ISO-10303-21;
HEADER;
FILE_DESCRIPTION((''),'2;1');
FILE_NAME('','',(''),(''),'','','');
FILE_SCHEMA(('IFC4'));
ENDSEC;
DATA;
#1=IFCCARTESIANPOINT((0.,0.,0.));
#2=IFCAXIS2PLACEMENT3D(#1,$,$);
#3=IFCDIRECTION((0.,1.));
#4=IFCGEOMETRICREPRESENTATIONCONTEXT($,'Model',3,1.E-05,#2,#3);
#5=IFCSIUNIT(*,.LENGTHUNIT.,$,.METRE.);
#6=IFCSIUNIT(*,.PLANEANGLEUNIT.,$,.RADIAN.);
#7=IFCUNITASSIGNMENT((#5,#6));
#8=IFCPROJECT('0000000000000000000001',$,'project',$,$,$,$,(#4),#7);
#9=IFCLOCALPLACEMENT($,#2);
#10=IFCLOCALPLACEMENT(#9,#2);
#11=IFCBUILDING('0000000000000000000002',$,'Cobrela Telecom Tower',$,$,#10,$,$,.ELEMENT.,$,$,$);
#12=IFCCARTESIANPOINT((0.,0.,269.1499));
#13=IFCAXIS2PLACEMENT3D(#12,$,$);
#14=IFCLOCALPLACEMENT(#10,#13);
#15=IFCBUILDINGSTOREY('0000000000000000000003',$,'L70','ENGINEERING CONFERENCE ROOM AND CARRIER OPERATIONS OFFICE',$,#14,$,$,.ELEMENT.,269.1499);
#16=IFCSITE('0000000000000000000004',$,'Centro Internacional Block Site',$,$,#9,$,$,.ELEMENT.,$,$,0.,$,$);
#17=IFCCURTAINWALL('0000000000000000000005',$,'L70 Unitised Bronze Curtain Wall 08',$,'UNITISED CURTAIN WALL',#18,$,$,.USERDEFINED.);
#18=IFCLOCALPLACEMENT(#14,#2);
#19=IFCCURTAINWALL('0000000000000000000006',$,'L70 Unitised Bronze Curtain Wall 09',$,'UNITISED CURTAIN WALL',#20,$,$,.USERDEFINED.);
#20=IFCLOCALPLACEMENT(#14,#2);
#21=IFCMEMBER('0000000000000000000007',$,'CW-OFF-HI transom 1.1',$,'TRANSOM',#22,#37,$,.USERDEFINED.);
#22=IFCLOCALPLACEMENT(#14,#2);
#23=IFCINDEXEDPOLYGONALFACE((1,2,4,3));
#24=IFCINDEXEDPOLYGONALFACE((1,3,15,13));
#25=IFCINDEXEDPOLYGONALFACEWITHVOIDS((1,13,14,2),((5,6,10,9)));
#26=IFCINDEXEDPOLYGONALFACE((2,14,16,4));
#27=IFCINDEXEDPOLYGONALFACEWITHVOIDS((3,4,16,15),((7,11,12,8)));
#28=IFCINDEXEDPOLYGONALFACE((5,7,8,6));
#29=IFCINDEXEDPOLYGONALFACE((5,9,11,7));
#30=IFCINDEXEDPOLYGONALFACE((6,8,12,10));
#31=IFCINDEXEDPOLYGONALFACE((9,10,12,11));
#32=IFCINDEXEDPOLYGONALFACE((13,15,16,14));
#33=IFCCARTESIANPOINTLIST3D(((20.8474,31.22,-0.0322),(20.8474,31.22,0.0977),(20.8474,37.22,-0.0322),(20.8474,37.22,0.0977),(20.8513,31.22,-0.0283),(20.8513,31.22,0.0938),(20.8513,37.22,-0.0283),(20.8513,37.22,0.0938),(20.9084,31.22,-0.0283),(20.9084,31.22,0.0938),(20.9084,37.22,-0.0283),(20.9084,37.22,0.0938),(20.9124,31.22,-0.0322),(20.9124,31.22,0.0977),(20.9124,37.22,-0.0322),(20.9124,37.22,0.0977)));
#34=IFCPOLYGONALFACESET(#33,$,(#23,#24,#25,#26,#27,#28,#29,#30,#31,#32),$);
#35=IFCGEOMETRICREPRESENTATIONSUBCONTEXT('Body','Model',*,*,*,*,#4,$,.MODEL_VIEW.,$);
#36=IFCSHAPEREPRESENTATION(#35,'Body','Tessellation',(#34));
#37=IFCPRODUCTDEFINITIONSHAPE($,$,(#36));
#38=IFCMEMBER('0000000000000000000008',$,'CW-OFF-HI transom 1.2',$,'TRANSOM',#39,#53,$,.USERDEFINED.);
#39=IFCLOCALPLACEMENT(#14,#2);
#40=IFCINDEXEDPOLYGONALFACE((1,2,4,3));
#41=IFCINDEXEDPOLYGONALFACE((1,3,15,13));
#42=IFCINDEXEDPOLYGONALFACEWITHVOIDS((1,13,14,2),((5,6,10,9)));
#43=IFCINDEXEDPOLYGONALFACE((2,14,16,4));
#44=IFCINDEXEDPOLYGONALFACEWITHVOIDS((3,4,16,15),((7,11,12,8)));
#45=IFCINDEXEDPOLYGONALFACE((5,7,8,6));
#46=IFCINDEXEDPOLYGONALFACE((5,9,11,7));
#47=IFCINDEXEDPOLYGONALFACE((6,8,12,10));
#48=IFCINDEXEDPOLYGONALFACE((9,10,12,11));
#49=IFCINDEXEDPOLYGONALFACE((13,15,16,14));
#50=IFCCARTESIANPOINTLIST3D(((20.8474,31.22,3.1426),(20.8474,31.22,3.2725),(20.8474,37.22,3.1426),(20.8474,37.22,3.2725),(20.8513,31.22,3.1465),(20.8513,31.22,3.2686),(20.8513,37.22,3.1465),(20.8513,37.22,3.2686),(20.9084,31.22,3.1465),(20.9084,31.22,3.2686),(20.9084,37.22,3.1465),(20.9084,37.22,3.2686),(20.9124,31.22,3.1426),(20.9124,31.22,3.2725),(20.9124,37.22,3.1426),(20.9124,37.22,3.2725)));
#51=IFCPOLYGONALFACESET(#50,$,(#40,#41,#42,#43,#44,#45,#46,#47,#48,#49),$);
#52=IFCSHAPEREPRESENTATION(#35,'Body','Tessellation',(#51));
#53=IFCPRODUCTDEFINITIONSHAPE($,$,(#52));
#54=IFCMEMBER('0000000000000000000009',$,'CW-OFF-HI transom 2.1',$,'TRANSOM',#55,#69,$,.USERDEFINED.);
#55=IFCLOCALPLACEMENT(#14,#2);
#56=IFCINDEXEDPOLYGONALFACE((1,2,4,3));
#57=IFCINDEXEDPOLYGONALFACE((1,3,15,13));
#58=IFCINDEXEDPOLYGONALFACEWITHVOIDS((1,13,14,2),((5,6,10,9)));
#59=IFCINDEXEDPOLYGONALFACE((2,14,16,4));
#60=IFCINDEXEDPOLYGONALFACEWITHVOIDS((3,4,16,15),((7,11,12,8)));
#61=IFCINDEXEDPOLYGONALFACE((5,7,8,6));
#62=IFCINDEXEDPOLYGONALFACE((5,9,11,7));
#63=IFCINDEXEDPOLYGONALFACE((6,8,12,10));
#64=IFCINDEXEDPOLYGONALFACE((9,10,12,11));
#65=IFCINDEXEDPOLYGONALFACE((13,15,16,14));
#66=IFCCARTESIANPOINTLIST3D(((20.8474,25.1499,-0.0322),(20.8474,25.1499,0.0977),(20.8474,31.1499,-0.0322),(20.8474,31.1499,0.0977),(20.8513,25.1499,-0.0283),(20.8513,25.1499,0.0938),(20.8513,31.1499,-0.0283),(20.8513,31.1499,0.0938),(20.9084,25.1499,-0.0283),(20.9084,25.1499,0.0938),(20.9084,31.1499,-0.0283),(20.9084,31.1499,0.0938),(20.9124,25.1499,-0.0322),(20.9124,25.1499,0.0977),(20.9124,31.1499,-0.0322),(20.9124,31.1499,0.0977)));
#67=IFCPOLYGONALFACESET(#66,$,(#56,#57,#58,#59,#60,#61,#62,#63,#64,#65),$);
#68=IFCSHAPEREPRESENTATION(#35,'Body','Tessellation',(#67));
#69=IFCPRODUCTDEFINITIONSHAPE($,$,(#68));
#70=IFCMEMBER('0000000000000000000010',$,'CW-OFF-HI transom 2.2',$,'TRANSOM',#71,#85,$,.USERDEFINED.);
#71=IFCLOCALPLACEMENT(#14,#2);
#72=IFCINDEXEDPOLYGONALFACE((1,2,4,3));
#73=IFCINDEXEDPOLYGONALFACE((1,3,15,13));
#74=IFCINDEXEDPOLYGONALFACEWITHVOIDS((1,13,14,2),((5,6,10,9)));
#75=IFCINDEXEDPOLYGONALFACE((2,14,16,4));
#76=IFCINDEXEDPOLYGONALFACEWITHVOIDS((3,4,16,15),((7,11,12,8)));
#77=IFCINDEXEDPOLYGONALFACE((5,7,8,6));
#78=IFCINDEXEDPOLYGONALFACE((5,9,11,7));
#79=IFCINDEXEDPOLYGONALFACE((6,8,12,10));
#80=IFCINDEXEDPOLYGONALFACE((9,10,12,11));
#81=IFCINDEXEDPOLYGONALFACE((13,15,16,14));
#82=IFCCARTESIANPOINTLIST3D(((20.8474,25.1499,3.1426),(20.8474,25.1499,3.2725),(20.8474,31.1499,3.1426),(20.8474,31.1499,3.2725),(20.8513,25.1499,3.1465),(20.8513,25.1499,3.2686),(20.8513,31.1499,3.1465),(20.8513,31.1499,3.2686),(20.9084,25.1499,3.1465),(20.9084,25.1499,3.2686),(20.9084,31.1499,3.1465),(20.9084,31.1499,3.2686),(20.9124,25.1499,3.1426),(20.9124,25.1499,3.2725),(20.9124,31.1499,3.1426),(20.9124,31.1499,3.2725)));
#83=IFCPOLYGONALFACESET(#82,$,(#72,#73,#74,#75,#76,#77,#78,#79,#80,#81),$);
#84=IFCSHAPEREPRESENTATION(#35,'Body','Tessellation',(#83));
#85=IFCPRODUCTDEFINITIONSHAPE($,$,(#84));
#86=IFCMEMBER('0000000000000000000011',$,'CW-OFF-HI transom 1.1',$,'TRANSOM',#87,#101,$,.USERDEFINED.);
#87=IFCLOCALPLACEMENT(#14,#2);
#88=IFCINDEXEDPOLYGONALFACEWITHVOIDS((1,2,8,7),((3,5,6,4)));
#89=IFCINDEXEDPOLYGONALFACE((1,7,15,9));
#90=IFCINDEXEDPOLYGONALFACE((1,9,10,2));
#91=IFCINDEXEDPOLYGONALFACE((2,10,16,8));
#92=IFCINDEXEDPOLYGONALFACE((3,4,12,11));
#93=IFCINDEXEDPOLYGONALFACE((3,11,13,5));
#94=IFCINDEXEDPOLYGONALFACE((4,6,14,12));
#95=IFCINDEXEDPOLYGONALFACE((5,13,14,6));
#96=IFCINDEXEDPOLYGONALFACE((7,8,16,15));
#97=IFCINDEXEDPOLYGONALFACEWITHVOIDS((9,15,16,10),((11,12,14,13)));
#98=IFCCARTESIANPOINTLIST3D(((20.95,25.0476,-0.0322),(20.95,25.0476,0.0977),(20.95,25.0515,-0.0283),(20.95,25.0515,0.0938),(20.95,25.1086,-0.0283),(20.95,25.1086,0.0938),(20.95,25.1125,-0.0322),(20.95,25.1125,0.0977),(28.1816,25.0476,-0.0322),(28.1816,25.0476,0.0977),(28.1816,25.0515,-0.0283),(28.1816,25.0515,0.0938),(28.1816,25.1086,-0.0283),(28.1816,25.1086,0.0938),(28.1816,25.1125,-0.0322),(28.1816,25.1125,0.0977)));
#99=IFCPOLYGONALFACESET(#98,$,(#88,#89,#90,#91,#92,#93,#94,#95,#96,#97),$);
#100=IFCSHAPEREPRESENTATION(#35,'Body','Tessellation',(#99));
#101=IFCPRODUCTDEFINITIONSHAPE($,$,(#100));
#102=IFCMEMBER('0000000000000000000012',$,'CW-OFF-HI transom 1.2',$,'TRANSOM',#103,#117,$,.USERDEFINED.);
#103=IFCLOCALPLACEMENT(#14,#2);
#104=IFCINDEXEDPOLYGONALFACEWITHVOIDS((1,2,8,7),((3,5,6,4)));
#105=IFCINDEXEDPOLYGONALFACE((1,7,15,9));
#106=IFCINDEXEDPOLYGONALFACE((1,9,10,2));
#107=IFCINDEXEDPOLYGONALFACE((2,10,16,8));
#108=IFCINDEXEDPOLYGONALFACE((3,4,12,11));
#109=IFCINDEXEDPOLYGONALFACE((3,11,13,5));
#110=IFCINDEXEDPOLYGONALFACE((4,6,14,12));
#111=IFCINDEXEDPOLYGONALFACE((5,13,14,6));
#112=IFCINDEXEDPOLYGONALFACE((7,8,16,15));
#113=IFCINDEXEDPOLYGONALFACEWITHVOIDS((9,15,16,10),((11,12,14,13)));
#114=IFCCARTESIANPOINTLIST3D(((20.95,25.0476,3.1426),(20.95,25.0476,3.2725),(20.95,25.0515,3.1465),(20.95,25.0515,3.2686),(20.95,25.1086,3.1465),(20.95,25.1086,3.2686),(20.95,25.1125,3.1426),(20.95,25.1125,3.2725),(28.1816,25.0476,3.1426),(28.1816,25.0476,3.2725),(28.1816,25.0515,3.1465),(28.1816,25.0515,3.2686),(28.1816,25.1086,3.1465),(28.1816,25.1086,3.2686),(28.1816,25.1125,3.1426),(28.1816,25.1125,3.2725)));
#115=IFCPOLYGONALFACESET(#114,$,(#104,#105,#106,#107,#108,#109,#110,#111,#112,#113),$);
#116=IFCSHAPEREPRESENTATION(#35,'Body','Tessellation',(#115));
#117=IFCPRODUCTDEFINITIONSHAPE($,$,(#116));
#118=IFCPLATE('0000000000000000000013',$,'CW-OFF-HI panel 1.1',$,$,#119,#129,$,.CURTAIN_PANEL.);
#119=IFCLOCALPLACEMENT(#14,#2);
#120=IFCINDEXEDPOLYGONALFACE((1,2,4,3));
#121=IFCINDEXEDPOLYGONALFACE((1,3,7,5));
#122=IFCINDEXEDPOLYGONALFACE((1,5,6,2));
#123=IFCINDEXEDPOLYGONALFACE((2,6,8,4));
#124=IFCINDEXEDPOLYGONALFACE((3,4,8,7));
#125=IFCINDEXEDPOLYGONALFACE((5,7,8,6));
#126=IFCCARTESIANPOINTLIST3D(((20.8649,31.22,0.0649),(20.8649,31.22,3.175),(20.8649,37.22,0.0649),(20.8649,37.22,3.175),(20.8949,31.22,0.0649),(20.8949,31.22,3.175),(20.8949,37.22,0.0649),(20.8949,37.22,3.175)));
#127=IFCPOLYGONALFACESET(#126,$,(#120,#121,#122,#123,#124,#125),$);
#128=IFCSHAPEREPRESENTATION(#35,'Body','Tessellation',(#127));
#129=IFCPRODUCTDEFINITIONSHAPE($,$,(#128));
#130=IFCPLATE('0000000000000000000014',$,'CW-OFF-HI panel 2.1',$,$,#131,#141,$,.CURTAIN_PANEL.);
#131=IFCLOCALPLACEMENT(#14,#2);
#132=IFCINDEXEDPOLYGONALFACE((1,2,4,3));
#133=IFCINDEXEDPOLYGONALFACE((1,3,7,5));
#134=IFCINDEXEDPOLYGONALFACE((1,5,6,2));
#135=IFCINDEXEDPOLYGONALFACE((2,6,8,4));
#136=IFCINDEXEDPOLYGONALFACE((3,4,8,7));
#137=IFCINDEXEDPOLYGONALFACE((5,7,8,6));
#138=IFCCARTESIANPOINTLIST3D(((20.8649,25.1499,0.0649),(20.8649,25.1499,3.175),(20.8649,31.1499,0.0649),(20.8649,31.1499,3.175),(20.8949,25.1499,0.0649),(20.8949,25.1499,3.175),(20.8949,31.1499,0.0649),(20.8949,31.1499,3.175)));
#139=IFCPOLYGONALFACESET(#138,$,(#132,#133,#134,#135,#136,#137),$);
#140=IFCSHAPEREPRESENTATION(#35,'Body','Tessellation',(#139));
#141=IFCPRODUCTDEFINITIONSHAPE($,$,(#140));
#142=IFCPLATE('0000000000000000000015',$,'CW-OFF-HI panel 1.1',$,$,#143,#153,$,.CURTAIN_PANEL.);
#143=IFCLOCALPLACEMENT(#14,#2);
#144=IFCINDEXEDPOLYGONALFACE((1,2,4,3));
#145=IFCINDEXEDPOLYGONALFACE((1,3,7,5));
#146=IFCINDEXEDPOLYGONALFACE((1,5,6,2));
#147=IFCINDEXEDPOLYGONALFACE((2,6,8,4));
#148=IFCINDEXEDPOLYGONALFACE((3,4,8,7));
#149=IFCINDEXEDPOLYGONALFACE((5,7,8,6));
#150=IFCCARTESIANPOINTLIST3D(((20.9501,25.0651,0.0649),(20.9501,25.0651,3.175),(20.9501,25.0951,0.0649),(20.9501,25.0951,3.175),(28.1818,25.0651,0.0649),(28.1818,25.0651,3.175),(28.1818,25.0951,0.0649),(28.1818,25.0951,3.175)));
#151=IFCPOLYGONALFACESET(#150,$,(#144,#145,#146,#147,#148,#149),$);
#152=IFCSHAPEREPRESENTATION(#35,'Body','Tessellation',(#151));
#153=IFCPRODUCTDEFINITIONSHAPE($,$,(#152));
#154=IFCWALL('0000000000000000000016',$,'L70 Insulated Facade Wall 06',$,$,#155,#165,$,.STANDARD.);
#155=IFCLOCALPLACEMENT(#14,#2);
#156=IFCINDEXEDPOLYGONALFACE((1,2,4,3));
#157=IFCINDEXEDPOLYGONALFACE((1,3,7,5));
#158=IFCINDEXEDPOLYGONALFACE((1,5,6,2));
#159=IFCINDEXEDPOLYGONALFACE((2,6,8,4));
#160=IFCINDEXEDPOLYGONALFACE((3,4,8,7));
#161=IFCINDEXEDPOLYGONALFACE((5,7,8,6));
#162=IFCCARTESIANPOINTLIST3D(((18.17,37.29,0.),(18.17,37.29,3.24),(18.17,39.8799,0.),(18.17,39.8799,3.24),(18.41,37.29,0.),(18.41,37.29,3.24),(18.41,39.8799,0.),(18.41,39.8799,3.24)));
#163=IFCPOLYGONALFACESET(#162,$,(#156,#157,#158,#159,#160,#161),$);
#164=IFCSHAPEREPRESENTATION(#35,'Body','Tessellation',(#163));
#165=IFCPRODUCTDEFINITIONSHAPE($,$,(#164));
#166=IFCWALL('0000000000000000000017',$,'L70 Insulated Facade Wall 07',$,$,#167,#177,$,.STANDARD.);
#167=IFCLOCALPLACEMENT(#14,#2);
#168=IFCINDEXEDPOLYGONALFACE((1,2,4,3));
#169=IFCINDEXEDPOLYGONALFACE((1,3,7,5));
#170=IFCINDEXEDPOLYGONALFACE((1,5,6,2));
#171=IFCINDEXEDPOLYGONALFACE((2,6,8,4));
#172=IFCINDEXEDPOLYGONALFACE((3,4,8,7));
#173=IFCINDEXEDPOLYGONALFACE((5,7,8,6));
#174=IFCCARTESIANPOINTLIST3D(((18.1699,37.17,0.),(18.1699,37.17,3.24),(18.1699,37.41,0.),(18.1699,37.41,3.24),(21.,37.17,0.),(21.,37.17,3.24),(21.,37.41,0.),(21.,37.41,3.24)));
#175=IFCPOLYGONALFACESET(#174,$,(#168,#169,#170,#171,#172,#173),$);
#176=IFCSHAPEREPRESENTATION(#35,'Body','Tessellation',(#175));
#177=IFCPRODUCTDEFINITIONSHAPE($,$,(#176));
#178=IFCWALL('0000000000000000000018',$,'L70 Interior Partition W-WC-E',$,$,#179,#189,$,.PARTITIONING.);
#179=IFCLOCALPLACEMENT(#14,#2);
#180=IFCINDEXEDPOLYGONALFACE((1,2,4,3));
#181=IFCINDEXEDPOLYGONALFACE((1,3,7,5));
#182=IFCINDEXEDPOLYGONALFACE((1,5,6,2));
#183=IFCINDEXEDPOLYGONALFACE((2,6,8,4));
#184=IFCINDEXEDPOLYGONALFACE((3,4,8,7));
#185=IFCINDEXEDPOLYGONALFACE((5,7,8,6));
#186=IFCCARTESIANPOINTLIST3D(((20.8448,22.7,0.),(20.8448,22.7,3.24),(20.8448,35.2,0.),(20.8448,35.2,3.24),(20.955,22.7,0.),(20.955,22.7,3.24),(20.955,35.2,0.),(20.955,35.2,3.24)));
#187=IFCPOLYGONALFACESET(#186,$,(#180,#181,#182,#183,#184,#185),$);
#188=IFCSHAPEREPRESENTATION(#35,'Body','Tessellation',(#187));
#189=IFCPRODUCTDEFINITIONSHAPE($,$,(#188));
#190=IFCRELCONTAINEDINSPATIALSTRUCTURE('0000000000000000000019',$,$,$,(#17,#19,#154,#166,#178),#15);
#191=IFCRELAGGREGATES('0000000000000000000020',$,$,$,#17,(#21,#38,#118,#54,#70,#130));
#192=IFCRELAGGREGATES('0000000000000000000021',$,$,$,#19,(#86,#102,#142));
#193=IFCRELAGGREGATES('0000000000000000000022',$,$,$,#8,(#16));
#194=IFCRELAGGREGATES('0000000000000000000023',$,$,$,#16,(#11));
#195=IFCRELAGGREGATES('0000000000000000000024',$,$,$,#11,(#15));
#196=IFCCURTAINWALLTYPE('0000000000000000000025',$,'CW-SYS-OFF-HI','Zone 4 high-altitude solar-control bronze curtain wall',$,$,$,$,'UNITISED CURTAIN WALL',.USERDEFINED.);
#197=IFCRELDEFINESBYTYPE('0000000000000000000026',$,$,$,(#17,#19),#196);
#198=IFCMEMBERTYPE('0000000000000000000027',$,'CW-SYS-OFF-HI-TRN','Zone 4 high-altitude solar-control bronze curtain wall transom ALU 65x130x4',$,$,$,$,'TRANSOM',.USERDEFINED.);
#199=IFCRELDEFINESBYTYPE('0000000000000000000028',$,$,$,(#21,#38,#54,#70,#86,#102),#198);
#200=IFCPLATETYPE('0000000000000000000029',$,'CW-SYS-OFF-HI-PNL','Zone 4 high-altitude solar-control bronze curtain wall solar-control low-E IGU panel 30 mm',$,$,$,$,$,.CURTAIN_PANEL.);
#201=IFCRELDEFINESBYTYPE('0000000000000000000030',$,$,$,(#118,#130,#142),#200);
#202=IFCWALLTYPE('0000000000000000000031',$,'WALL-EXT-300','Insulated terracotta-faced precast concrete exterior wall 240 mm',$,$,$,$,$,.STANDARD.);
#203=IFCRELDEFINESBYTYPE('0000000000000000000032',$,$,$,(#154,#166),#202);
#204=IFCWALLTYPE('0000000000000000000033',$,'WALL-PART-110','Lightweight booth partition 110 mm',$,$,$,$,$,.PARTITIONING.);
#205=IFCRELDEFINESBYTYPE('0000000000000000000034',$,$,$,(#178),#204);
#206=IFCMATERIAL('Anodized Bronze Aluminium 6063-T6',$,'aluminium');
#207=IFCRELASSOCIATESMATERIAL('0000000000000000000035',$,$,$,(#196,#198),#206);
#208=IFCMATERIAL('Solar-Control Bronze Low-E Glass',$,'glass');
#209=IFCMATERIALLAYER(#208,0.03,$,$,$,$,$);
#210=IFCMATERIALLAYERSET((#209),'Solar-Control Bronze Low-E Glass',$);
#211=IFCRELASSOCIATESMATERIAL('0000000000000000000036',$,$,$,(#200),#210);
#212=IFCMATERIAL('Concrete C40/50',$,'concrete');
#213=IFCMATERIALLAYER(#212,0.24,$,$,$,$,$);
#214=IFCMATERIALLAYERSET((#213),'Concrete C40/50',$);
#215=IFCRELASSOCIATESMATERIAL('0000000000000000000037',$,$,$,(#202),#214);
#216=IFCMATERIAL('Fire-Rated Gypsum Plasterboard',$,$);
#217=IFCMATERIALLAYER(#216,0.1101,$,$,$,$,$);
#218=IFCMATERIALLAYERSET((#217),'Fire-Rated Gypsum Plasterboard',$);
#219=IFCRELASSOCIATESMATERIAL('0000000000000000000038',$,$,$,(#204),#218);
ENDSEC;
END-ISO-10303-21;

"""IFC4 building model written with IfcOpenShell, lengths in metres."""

from ifc_helpers import new_model, si_unit, direction, frame, frame_2d, origin, origin_2d, place, context, subcontext, project, spatial, rectangle, hollow_rectangle, extrude, material, layer, layer_set, material_profile, profile_set, type_object, element, aggregate, save


model = new_model("IFC4")

# Units and contexts
model_context = context("Model", 3, precision=1e-05, world=origin(), true_north=direction((0.0, 1.0)))
body_context = subcontext(model_context, "Body", "Model", "MODEL_VIEW")
ifc_project = project(units=[si_unit("LENGTHUNIT", "METRE"), si_unit("PLANEANGLEUNIT", "RADIAN")], contexts=[model_context])

# Site, building, storey
site_placement = place(None, origin())
site = spatial("IfcSite", under=ifc_project, at=site_placement, Name="Centro Internacional Block Site", CompositionType="ELEMENT", RefElevation=0.0)
building_placement = place(site_placement, origin())
building = spatial("IfcBuilding", under=site, at=building_placement, Name="Cobrela Telecom Tower", CompositionType="ELEMENT")
storey_placement = place(building_placement, frame((0.0, 0.0, 269.1499)))
storey = spatial("IfcBuildingStorey", under=building, at=storey_placement, Name="L70", Description="ENGINEERING CONFERENCE ROOM AND CARRIER OPERATIONS OFFICE", CompositionType="ELEMENT", Elevation=269.1499)

# Shared definitions
ifc_material_1 = material(Name="Anodized Bronze Aluminium 6063-T6", Category="aluminium")
curtain_wall_type = type_object("IfcCurtainWallType", Name="CW-SYS-OFF-HI", Description="Zone 4 high-altitude solar-control bronze curtain wall", ElementType="UNITISED CURTAIN WALL", PredefinedType="USERDEFINED", material=ifc_material_1)

# Curtain wall
curtain_wall_1_placement = place(storey_placement, origin())
curtain_wall_1 = element("IfcCurtainWall", 1, at=curtain_wall_1_placement, inside=storey, type_object=curtain_wall_type, Name="L70 Unitised Bronze Curtain Wall 08", ObjectType="UNITISED CURTAIN WALL", PredefinedType="USERDEFINED")

# Curtain wall
curtain_wall_2_placement = place(storey_placement, origin())
curtain_wall_2 = element("IfcCurtainWall", 2, at=curtain_wall_2_placement, inside=storey, type_object=curtain_wall_type, Name="L70 Unitised Bronze Curtain Wall 09", ObjectType="UNITISED CURTAIN WALL", PredefinedType="USERDEFINED")

# Members
ifc_material_profile_1 = material_profile(ifc_material_1, hollow_rectangle(XDim=0.0649, YDim=0.1299, WallThickness=0.0039, at=origin_2d()), Name="ALU 65x130x4")
ifc_profile_set_1 = profile_set([ifc_material_profile_1], Name="Anodized Bronze Aluminium 6063-T6")
member_type_1 = type_object("IfcMemberType", Name="CW-SYS-OFF-HI-TRN", Description="Zone 4 high-altitude solar-control bronze curtain wall transom ALU 65x130x4", ElementType="TRANSOM", PredefinedType="USERDEFINED", material=ifc_profile_set_1)
member_1_placement = place(storey_placement, frame((20.8799, 37.22, 0.0327), z_axis=(0.0, -1.0, 0.0), x_axis=(1.0, 0.0, 0.0)))
member_1 = element("IfcMember", 3, at=member_1_placement, type_object=member_type_1, Name="CW-OFF-HI transom 1.1", ObjectType="TRANSOM", PredefinedType="USERDEFINED", context=body_context, shape_type="SweptSolid", body=[
    extrude(hollow_rectangle(XDim=0.0649, YDim=0.1299, WallThickness=0.0039, at=origin_2d()), origin(), (0.0, 0.0, 1.0), 6.0),
])
member_2_placement = place(storey_placement, frame((20.8799, 37.22, 3.2075), z_axis=(0.0, -1.0, 0.0), x_axis=(1.0, 0.0, 0.0)))
member_2 = element("IfcMember", 4, at=member_2_placement, type_object=member_type_1, Name="CW-OFF-HI transom 1.2", ObjectType="TRANSOM", PredefinedType="USERDEFINED", context=body_context, shape_type="SweptSolid", body=[
    extrude(hollow_rectangle(XDim=0.0649, YDim=0.1299, WallThickness=0.0039, at=origin_2d()), origin(), (0.0, 0.0, 1.0), 6.0),
])
member_3_placement = place(storey_placement, frame((20.8799, 31.1499, 0.0327), z_axis=(0.0, -1.0, 0.0), x_axis=(1.0, 0.0, 0.0)))
member_3 = element("IfcMember", 5, at=member_3_placement, type_object=member_type_1, Name="CW-OFF-HI transom 2.1", ObjectType="TRANSOM", PredefinedType="USERDEFINED", context=body_context, shape_type="SweptSolid", body=[
    extrude(hollow_rectangle(XDim=0.0649, YDim=0.1299, WallThickness=0.0039, at=origin_2d()), origin(), (0.0, 0.0, 1.0), 6.0),
])
member_4_placement = place(storey_placement, frame((20.8799, 31.1499, 3.2075), z_axis=(0.0, -1.0, 0.0), x_axis=(1.0, 0.0, 0.0)))
member_4 = element("IfcMember", 6, at=member_4_placement, type_object=member_type_1, Name="CW-OFF-HI transom 2.2", ObjectType="TRANSOM", PredefinedType="USERDEFINED", context=body_context, shape_type="SweptSolid", body=[
    extrude(hollow_rectangle(XDim=0.0649, YDim=0.1299, WallThickness=0.0039, at=origin_2d()), origin(), (0.0, 0.0, 1.0), 6.0),
])
member_5_placement = place(storey_placement, frame((20.95, 25.0801, 0.0327), z_axis=(1.0, 0.0, 0.0), x_axis=(0.0, 1.0, 0.0)))
member_5 = element("IfcMember", 7, at=member_5_placement, type_object=member_type_1, Name="CW-OFF-HI transom 1.1", ObjectType="TRANSOM", PredefinedType="USERDEFINED", context=body_context, shape_type="SweptSolid", body=[
    extrude(hollow_rectangle(XDim=0.0649, YDim=0.1299, WallThickness=0.0039, at=origin_2d()), origin(), (0.0, 0.0, 1.0), 7.2317),
])
member_6_placement = place(storey_placement, frame((20.95, 25.0801, 3.2075), z_axis=(1.0, 0.0, 0.0), x_axis=(0.0, 1.0, 0.0)))
member_6 = element("IfcMember", 8, at=member_6_placement, type_object=member_type_1, Name="CW-OFF-HI transom 1.2", ObjectType="TRANSOM", PredefinedType="USERDEFINED", context=body_context, shape_type="SweptSolid", body=[
    extrude(hollow_rectangle(XDim=0.0649, YDim=0.1299, WallThickness=0.0039, at=origin_2d()), origin(), (0.0, 0.0, 1.0), 7.2317),
])

# Plates
ifc_material_2 = material(Name="Solar-Control Bronze Low-E Glass", Category="glass")
ifc_layer_1 = layer(ifc_material_2, 0.03)
ifc_layer_set_1 = layer_set([ifc_layer_1], Name="Solar-Control Bronze Low-E Glass")
plate_type = type_object("IfcPlateType", Name="CW-SYS-OFF-HI-PNL", Description="Zone 4 high-altitude solar-control bronze curtain wall solar-control low-E IGU panel 30 mm", PredefinedType="CURTAIN_PANEL", material=ifc_layer_set_1)
plate_1_placement = place(storey_placement, frame((20.8799, 34.22, 0.0649), z_axis=(0.0, 0.0, 1.0), x_axis=(0.0, -1.0, 0.0)))
plate_1 = element("IfcPlate", 9, at=plate_1_placement, type_object=plate_type, Name="CW-OFF-HI panel 1.1", PredefinedType="CURTAIN_PANEL", context=body_context, shape_type="SweptSolid", body=[
    extrude(rectangle(XDim=6.0, YDim=0.03, at=origin_2d()), origin(), (0.0, 0.0, 1.0), 3.1101),
])
plate_2_placement = place(storey_placement, frame((20.8799, 28.1499, 0.0649), z_axis=(0.0, 0.0, 1.0), x_axis=(0.0, -1.0, 0.0)))
plate_2 = element("IfcPlate", 10, at=plate_2_placement, type_object=plate_type, Name="CW-OFF-HI panel 2.1", PredefinedType="CURTAIN_PANEL", context=body_context, shape_type="SweptSolid", body=[
    extrude(rectangle(XDim=6.0, YDim=0.03, at=origin_2d()), origin(), (0.0, 0.0, 1.0), 3.1101),
])
aggregate(curtain_wall_1, [member_1, member_2, plate_1, member_3, member_4, plate_2])
plate_3_placement = place(storey_placement, frame((24.5659, 25.0801, 0.0649), z_axis=(0.0, 0.0, 1.0), x_axis=(1.0, 0.0, 0.0)))
plate_3 = element("IfcPlate", 11, at=plate_3_placement, type_object=plate_type, Name="CW-OFF-HI panel 1.1", PredefinedType="CURTAIN_PANEL", context=body_context, shape_type="SweptSolid", body=[
    extrude(rectangle(XDim=7.2317, YDim=0.03, at=origin_2d()), origin(), (0.0, 0.0, 1.0), 3.1101),
])
aggregate(curtain_wall_2, [member_5, member_6, plate_3])

# Walls
ifc_material_3 = material(Name="Concrete C40/50", Category="concrete")
ifc_layer_2 = layer(ifc_material_3, 0.24)
ifc_layer_set_2 = layer_set([ifc_layer_2], Name="Concrete C40/50")
wall_type_1 = type_object("IfcWallType", Name="WALL-EXT-300", Description="Insulated terracotta-faced precast concrete exterior wall 240 mm", PredefinedType="STANDARD", material=ifc_layer_set_2)
wall_1_placement = place(storey_placement, frame((18.29, 39.8799, 0.0), z_axis=(0.0, 0.0, 1.0), x_axis=(0.0, -1.0, 0.0)))
element("IfcWall", 12, at=wall_1_placement, inside=storey, type_object=wall_type_1, Name="L70 Insulated Facade Wall 06", PredefinedType="STANDARD", context=body_context, shape_type="SweptSolid", body=[
    extrude(rectangle(XDim=2.5898, YDim=0.24, at=frame_2d((1.2949, 0.0))), origin(), (0.0, 0.0, 1.0), 3.24),
])
wall_2_placement = place(storey_placement, frame((18.1699, 37.29, 0.0), z_axis=(0.0, 0.0, 1.0), x_axis=(1.0, 0.0, 0.0)))
element("IfcWall", 13, at=wall_2_placement, inside=storey, type_object=wall_type_1, Name="L70 Insulated Facade Wall 07", PredefinedType="STANDARD", context=body_context, shape_type="SweptSolid", body=[
    extrude(rectangle(XDim=2.8301, YDim=0.24, at=frame_2d((1.415, 0.0))), origin(), (0.0, 0.0, 1.0), 3.24),
])
ifc_material_4 = material(Name="Fire-Rated Gypsum Plasterboard")
ifc_layer_3 = layer(ifc_material_4, 0.1101)
ifc_layer_set_3 = layer_set([ifc_layer_3], Name="Fire-Rated Gypsum Plasterboard")
wall_type_2 = type_object("IfcWallType", Name="WALL-PART-110", Description="Lightweight booth partition 110 mm", PredefinedType="PARTITIONING", material=ifc_layer_set_3)
wall_3_placement = place(storey_placement, frame((20.8999, 22.7, 0.0), z_axis=(0.0, 0.0, 1.0), x_axis=(0.0, 1.0, 0.0)))
element("IfcWall", 14, at=wall_3_placement, inside=storey, type_object=wall_type_2, Name="L70 Interior Partition W-WC-E", PredefinedType="PARTITIONING", context=body_context, shape_type="SweptSolid", body=[
    extrude(rectangle(XDim=12.5, YDim=0.1101, at=frame_2d((6.25, 0.0))), origin(), (0.0, 0.0, 1.0), 3.24),
])

save(model, "model.ifc")
